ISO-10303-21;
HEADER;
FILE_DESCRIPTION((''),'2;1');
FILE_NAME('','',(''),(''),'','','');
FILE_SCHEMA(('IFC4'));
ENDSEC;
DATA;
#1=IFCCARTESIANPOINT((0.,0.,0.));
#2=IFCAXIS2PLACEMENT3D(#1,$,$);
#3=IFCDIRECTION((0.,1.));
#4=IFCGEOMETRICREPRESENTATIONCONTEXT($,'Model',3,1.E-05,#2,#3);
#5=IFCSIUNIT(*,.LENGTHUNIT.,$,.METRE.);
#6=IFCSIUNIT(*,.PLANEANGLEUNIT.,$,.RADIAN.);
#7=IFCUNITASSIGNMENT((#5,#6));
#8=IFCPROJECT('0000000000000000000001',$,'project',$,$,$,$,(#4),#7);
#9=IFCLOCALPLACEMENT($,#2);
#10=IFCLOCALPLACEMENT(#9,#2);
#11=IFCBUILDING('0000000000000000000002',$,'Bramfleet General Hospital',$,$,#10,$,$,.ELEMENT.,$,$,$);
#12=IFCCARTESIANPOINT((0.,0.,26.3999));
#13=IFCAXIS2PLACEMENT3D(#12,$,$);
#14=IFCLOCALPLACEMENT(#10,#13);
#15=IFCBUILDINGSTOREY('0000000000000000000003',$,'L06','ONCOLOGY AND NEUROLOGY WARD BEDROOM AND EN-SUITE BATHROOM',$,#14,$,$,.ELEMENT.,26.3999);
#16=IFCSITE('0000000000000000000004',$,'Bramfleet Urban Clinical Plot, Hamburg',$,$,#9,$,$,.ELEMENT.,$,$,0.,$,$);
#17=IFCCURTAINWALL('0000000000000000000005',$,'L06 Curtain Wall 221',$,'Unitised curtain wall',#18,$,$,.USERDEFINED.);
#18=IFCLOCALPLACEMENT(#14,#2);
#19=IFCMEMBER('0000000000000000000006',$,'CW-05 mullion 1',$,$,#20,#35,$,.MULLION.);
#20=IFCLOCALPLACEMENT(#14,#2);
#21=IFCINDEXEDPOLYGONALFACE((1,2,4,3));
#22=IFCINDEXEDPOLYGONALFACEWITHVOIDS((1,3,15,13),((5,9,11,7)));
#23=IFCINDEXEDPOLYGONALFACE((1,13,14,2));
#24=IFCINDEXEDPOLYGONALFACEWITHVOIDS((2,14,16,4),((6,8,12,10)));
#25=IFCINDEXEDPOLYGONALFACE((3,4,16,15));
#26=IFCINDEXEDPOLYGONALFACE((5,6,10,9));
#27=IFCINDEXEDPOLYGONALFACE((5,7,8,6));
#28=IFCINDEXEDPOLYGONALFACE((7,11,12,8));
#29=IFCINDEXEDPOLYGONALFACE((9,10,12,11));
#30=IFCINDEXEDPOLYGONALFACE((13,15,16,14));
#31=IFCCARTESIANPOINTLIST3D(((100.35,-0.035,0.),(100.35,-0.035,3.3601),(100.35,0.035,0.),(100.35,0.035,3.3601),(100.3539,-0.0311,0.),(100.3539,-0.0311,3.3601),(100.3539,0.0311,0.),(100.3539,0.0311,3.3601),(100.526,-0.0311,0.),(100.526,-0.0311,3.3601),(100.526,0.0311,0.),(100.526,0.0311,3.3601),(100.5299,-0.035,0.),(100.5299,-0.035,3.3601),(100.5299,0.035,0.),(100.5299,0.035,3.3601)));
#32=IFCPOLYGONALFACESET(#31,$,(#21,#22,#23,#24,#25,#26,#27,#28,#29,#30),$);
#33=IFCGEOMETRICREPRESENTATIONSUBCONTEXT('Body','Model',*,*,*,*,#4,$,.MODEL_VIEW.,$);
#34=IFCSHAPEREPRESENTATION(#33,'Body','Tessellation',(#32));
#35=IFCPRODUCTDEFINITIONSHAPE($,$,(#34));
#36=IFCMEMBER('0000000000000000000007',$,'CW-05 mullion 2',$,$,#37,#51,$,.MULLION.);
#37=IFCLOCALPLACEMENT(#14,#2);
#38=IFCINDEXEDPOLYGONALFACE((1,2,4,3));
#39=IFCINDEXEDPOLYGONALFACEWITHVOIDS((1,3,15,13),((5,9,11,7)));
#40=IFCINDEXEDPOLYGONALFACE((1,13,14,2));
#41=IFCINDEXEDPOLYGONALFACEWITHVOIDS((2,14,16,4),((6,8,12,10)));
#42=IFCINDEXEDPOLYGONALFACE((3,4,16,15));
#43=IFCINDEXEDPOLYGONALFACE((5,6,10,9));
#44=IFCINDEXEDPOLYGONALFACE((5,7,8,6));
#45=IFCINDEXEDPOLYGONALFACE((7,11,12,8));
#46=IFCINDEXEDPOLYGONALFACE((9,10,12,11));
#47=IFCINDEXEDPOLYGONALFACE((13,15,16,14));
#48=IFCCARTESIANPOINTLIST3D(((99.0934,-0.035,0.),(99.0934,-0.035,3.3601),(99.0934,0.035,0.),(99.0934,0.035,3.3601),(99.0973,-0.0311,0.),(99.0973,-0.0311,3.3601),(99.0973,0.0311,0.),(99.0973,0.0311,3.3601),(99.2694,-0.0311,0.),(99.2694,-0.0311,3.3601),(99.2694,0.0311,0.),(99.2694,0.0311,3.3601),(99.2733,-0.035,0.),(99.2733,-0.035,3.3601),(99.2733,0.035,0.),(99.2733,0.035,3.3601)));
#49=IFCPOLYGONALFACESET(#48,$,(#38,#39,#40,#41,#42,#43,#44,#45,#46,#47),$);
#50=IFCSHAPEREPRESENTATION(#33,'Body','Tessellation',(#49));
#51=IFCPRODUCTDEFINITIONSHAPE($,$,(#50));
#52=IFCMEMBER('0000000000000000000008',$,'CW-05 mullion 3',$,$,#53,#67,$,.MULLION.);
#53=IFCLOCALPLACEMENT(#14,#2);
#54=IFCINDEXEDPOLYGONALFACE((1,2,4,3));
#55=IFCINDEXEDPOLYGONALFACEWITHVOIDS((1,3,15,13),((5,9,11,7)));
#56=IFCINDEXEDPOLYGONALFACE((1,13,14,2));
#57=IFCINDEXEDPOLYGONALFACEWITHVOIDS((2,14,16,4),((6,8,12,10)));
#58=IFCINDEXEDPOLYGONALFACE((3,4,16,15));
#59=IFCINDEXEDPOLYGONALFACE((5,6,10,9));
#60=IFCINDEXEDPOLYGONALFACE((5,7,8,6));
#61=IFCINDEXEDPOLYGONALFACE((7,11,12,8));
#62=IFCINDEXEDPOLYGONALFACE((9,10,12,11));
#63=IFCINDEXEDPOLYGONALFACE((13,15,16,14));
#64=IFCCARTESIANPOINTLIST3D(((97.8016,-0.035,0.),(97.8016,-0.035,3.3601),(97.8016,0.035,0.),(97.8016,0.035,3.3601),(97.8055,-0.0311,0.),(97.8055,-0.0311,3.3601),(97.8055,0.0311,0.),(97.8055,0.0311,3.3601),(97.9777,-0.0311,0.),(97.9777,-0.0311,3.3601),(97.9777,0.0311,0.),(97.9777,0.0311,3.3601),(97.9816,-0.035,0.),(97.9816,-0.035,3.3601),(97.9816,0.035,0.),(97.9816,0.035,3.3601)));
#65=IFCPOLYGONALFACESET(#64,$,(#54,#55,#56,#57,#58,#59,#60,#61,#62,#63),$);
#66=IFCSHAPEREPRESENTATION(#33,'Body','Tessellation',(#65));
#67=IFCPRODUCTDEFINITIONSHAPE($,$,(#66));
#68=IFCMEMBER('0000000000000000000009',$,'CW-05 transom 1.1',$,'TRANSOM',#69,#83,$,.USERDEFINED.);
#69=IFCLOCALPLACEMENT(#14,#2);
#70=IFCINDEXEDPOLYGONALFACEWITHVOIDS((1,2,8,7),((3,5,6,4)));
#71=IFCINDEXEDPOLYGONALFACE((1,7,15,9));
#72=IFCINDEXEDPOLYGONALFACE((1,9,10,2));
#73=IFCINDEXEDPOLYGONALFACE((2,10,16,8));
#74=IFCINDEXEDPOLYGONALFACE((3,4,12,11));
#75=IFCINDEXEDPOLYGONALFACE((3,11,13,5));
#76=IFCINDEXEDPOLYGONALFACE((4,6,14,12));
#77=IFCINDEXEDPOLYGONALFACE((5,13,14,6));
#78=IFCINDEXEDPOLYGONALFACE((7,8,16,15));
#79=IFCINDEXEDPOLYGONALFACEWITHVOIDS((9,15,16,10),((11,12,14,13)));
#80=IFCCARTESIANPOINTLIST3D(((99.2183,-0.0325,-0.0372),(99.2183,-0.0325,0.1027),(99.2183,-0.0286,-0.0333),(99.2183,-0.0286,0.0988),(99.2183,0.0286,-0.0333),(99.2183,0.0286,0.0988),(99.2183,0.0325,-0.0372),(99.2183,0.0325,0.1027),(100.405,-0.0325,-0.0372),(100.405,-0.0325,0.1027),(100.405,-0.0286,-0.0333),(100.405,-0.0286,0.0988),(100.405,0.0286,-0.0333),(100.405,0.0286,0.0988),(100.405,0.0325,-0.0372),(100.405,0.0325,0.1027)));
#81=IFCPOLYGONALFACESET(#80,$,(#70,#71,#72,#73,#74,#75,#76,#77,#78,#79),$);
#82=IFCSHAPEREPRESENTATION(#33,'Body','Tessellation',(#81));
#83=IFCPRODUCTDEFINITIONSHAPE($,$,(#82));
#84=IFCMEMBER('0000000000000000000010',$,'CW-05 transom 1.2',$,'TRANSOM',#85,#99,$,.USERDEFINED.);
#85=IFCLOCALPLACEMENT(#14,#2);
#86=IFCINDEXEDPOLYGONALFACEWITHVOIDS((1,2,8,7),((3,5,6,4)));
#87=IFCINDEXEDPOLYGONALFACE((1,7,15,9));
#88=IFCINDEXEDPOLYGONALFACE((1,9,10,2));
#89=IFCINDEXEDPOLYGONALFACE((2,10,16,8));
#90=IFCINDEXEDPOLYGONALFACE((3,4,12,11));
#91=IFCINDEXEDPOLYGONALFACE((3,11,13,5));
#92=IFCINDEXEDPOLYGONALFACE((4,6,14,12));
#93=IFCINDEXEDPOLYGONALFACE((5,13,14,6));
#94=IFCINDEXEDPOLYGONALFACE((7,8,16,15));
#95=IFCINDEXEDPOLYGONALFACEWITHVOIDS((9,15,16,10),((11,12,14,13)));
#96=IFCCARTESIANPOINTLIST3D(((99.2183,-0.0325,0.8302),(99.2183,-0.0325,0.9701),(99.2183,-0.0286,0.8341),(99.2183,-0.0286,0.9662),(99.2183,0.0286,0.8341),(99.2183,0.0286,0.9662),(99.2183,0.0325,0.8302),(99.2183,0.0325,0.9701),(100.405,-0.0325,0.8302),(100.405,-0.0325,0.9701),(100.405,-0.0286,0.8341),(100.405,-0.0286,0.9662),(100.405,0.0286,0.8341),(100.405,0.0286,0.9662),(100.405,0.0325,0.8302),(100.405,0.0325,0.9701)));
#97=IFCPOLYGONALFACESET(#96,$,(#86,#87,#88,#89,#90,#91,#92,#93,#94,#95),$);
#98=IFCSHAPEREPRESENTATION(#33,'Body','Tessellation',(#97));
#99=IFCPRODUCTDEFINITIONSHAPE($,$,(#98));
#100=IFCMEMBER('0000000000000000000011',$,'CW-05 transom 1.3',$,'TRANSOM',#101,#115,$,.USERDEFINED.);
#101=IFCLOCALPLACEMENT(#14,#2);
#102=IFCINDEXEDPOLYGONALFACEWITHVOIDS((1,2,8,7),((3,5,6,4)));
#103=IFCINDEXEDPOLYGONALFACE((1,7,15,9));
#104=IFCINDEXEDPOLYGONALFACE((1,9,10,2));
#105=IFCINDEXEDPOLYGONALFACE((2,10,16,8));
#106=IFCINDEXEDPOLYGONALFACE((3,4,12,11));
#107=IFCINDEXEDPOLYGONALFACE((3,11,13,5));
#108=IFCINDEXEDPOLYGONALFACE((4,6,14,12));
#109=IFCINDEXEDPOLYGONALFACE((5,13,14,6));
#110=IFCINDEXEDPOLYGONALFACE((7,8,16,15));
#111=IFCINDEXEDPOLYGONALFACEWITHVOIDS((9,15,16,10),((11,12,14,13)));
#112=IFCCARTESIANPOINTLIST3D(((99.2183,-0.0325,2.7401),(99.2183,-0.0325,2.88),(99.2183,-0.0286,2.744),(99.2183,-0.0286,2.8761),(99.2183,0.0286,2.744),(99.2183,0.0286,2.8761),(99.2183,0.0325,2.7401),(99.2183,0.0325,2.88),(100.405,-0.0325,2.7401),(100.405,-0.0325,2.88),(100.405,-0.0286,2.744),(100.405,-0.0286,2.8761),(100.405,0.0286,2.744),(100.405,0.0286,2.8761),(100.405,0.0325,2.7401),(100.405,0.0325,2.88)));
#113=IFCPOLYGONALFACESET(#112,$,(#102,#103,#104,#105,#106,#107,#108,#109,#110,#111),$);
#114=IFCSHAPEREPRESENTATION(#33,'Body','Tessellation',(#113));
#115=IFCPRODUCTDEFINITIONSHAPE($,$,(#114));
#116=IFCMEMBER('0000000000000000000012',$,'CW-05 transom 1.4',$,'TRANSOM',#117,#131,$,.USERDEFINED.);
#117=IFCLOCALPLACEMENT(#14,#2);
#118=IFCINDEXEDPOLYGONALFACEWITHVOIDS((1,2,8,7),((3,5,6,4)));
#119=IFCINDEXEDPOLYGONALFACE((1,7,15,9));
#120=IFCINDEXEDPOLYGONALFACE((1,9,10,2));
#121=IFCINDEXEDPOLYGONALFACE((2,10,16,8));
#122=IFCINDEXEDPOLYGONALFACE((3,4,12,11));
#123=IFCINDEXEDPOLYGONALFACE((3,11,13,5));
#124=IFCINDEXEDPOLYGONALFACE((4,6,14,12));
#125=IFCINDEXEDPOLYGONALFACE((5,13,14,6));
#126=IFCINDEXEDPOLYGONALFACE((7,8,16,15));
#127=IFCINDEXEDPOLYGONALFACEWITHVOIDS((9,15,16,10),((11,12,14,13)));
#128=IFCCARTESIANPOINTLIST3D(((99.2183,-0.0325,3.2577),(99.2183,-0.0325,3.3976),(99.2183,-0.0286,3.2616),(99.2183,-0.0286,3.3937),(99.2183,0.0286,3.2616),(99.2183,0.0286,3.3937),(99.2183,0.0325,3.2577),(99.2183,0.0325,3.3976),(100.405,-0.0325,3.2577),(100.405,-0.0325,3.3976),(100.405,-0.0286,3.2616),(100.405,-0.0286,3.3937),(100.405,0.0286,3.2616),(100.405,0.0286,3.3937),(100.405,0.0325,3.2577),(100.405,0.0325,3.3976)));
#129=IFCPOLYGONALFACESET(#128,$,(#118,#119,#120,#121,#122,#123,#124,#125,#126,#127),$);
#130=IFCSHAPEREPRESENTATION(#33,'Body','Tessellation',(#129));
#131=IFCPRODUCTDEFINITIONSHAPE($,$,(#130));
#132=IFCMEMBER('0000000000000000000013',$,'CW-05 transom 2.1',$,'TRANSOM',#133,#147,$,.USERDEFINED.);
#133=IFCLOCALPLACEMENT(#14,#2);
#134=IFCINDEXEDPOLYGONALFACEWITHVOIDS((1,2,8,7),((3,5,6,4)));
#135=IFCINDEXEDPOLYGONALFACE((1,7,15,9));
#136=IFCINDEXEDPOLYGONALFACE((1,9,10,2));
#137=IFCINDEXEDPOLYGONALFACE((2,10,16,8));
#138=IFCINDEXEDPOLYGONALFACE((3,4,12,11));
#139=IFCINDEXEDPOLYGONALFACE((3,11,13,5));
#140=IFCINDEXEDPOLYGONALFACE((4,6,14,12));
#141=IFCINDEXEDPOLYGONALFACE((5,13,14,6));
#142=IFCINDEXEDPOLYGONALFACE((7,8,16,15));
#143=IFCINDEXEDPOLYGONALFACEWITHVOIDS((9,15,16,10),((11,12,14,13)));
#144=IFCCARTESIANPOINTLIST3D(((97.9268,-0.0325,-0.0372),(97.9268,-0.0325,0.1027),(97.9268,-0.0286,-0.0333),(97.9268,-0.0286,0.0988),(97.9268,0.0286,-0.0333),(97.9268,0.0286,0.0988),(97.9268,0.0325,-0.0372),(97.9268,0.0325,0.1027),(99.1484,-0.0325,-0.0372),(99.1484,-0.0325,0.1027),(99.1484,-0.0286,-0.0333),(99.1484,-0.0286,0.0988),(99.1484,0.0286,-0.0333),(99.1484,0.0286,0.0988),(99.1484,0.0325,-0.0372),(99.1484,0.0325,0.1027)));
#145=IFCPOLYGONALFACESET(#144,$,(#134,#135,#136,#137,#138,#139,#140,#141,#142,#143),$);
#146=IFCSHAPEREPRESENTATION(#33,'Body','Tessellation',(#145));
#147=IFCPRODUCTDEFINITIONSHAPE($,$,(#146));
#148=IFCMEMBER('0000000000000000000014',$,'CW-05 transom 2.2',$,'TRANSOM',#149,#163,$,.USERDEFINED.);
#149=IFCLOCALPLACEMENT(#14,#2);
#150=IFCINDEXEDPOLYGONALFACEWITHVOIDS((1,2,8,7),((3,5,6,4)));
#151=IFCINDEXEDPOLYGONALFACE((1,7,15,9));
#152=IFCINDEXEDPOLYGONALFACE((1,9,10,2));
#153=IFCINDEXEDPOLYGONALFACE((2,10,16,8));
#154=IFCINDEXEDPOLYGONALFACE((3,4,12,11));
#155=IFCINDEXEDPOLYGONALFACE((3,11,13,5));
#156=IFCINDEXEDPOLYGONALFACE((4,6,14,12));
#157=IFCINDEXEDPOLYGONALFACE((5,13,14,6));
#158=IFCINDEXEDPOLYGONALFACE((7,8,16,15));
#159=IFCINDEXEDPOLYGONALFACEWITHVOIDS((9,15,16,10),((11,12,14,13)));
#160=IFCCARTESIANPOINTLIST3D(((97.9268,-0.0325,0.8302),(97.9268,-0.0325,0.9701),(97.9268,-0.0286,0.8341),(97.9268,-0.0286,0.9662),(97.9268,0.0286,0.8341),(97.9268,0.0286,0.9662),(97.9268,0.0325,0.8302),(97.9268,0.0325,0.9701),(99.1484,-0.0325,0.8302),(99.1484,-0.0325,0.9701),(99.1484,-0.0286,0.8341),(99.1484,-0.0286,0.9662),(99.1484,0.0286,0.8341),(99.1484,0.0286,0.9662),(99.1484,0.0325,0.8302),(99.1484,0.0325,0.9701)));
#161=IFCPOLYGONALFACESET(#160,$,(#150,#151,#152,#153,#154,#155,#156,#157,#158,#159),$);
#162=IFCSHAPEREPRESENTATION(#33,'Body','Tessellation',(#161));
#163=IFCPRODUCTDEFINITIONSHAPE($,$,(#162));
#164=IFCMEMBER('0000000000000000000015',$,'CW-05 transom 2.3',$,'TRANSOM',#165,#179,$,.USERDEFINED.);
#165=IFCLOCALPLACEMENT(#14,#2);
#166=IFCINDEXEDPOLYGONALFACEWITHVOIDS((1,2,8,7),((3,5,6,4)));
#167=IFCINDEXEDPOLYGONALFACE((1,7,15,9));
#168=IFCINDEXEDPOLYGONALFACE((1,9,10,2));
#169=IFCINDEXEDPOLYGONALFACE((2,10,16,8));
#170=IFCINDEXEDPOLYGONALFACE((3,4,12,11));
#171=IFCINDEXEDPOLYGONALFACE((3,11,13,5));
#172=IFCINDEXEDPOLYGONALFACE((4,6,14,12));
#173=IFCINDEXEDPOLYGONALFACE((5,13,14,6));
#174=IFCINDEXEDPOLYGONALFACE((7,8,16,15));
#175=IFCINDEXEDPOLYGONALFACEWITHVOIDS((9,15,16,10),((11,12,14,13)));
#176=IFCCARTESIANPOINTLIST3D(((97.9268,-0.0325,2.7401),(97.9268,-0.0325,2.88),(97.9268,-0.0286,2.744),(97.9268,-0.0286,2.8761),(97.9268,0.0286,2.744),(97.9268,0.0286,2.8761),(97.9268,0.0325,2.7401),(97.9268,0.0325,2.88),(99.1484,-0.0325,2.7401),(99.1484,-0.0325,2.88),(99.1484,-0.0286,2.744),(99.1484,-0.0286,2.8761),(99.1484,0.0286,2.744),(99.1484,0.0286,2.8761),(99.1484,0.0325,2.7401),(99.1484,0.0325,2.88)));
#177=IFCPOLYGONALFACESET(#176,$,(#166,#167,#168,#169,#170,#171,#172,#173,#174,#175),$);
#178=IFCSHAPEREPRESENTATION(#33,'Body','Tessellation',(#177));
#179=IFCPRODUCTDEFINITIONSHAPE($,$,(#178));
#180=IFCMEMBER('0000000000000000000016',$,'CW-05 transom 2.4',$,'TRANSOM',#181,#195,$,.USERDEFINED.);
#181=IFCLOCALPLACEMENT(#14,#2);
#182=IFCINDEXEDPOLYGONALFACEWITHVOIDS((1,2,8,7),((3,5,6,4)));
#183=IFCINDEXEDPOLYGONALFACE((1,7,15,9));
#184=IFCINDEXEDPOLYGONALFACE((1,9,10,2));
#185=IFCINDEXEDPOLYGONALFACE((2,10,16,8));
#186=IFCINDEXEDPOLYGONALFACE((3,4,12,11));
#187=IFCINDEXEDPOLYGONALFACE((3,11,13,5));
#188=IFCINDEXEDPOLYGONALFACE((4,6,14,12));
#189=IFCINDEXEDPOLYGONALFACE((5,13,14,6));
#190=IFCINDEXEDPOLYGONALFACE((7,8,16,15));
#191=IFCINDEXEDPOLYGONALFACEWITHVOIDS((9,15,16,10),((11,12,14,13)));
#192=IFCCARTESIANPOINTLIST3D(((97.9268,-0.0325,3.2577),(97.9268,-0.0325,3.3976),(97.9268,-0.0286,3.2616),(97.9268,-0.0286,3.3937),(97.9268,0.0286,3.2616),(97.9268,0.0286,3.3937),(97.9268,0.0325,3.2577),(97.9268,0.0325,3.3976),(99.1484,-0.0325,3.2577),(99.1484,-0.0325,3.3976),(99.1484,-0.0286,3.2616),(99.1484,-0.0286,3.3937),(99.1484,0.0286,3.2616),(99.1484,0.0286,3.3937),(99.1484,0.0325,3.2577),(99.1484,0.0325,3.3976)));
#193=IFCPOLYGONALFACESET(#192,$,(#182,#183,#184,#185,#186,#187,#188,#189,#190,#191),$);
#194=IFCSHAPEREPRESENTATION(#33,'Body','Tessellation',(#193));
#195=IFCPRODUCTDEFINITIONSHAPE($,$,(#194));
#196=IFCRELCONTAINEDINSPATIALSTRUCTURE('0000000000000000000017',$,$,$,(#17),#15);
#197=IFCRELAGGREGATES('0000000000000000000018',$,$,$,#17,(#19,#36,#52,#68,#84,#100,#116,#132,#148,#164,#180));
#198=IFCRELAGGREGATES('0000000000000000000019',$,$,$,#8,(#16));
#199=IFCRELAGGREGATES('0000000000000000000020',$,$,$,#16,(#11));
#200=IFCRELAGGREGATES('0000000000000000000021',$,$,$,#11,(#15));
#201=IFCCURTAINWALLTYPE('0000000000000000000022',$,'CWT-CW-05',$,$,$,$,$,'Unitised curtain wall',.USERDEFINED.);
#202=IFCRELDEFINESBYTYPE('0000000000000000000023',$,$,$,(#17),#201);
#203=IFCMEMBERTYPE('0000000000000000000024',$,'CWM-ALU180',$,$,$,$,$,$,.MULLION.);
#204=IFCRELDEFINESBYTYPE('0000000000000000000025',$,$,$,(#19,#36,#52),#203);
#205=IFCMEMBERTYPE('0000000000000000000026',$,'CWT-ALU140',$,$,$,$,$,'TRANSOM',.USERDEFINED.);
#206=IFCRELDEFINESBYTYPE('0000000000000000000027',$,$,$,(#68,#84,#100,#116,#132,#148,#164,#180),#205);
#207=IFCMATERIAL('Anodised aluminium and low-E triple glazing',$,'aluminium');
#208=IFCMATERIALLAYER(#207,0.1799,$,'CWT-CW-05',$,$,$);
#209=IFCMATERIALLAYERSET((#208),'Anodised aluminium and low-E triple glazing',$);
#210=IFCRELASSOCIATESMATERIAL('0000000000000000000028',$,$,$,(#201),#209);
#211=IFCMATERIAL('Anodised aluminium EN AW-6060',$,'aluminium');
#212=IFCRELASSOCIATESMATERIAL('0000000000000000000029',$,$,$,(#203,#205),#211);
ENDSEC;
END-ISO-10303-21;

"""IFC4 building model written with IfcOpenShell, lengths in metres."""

from ifc_helpers import new_model, si_unit, direction, frame, origin, origin_2d, place, context, subcontext, project, spatial, hollow_rectangle, extrude, material, layer, layer_set, material_profile, profile_set, type_object, element, aggregate, save


model = new_model("IFC4")

# Units and contexts
model_context = context("Model", 3, precision=1e-05, world=origin(), true_north=direction((0.0, 1.0)))
body_context = subcontext(model_context, "Body", "Model", "MODEL_VIEW")
ifc_project = project(units=[si_unit("LENGTHUNIT", "METRE"), si_unit("PLANEANGLEUNIT", "RADIAN")], contexts=[model_context])

# Site, building, storey
site_placement = place(None, origin())
site = spatial("IfcSite", under=ifc_project, at=site_placement, Name="Bramfleet Urban Clinical Plot, Hamburg", CompositionType="ELEMENT", RefElevation=0.0)
building_placement = place(site_placement, origin())
building = spatial("IfcBuilding", under=site, at=building_placement, Name="Bramfleet General Hospital", CompositionType="ELEMENT")
storey_placement = place(building_placement, frame((0.0, 0.0, 26.3999)))
storey = spatial("IfcBuildingStorey", under=building, at=storey_placement, Name="L06", Description="ONCOLOGY AND NEUROLOGY WARD BEDROOM AND EN-SUITE BATHROOM", CompositionType="ELEMENT", Elevation=26.3999)

# Curtain wall, members
ifc_material_1 = material(Name="Anodised aluminium and low-E triple glazing", Category="aluminium")
ifc_layer_1 = layer(ifc_material_1, 0.1799, Name="CWT-CW-05")
ifc_layer_set_1 = layer_set([ifc_layer_1], Name="Anodised aluminium and low-E triple glazing")
curtain_wall_type = type_object("IfcCurtainWallType", Name="CWT-CW-05", ElementType="Unitised curtain wall", PredefinedType="USERDEFINED", material=ifc_layer_set_1)
curtain_wall_placement = place(storey_placement, origin())
curtain_wall = element("IfcCurtainWall", 1, at=curtain_wall_placement, inside=storey, type_object=curtain_wall_type, Name="L06 Curtain Wall 221", ObjectType="Unitised curtain wall", PredefinedType="USERDEFINED")
ifc_material_2 = material(Name="Anodised aluminium EN AW-6060", Category="aluminium")
ifc_material_profile_1 = material_profile(ifc_material_2, hollow_rectangle(XDim=0.0701, YDim=0.1799, WallThickness=0.0039, at=origin_2d()), Name="ALU 180x70x4.0")
ifc_profile_set_1 = profile_set([ifc_material_profile_1], Name="Anodised aluminium EN AW-6060")
member_type_1 = type_object("IfcMemberType", Name="CWM-ALU180", PredefinedType="MULLION", material=ifc_profile_set_1)
member_1_placement = place(storey_placement, frame((100.4399, 0.0, 0.0), z_axis=(0.0, 0.0, 1.0), x_axis=(0.0, -1.0, 0.0)))
member_1 = element("IfcMember", 2, at=member_1_placement, type_object=member_type_1, Name="CW-05 mullion 1", PredefinedType="MULLION", context=body_context, shape_type="SweptSolid", body=[
    extrude(hollow_rectangle(XDim=0.0701, YDim=0.1799, WallThickness=0.0039, at=origin_2d()), origin(), (0.0, 0.0, 1.0), 3.3601),
])
member_2_placement = place(storey_placement, frame((99.1833, 0.0, 0.0), z_axis=(0.0, 0.0, 1.0), x_axis=(0.0, -1.0, 0.0)))
member_2 = element("IfcMember", 3, at=member_2_placement, type_object=member_type_1, Name="CW-05 mullion 2", PredefinedType="MULLION", context=body_context, shape_type="SweptSolid", body=[
    extrude(hollow_rectangle(XDim=0.0701, YDim=0.1799, WallThickness=0.0039, at=origin_2d()), origin(), (0.0, 0.0, 1.0), 3.3601),
])
member_3_placement = place(storey_placement, frame((97.8916, 0.0, 0.0), z_axis=(0.0, 0.0, 1.0), x_axis=(0.0, -1.0, 0.0)))
member_3 = element("IfcMember", 4, at=member_3_placement, type_object=member_type_1, Name="CW-05 mullion 3", PredefinedType="MULLION", context=body_context, shape_type="SweptSolid", body=[
    extrude(hollow_rectangle(XDim=0.0701, YDim=0.1799, WallThickness=0.0039, at=origin_2d()), origin(), (0.0, 0.0, 1.0), 3.3601),
])
ifc_material_profile_2 = material_profile(ifc_material_2, hollow_rectangle(XDim=0.0649, YDim=0.1399, WallThickness=0.0039, at=origin_2d()), Name="ALU 140x65x4.0")
ifc_profile_set_2 = profile_set([ifc_material_profile_2], Name="Anodised aluminium EN AW-6060")
member_type_2 = type_object("IfcMemberType", Name="CWT-ALU140", ElementType="TRANSOM", PredefinedType="USERDEFINED", material=ifc_profile_set_2)
member_4_placement = place(storey_placement, frame((100.405, 0.0, 0.0327), z_axis=(-1.0, 0.0, 0.0), x_axis=(0.0, -1.0, 0.0)))
member_4 = element("IfcMember", 5, at=member_4_placement, type_object=member_type_2, Name="CW-05 transom 1.1", ObjectType="TRANSOM", PredefinedType="USERDEFINED", context=body_context, shape_type="SweptSolid", body=[
    extrude(hollow_rectangle(XDim=0.0649, YDim=0.1399, WallThickness=0.0039, at=origin_2d()), origin(), (0.0, 0.0, 1.0), 1.1868),
])
member_5_placement = place(storey_placement, frame((100.405, 0.0, 0.9001), z_axis=(-1.0, 0.0, 0.0), x_axis=(0.0, -1.0, 0.0)))
member_5 = element("IfcMember", 6, at=member_5_placement, type_object=member_type_2, Name="CW-05 transom 1.2", ObjectType="TRANSOM", PredefinedType="USERDEFINED", context=body_context, shape_type="SweptSolid", body=[
    extrude(hollow_rectangle(XDim=0.0649, YDim=0.1399, WallThickness=0.0039, at=origin_2d()), origin(), (0.0, 0.0, 1.0), 1.1868),
])
member_6_placement = place(storey_placement, frame((100.405, 0.0, 2.8101), z_axis=(-1.0, 0.0, 0.0), x_axis=(0.0, -1.0, 0.0)))
member_6 = element("IfcMember", 7, at=member_6_placement, type_object=member_type_2, Name="CW-05 transom 1.3", ObjectType="TRANSOM", PredefinedType="USERDEFINED", context=body_context, shape_type="SweptSolid", body=[
    extrude(hollow_rectangle(XDim=0.0649, YDim=0.1399, WallThickness=0.0039, at=origin_2d()), origin(), (0.0, 0.0, 1.0), 1.1868),
])
member_7_placement = place(storey_placement, frame((100.405, 0.0, 3.3276), z_axis=(-1.0, 0.0, 0.0), x_axis=(0.0, -1.0, 0.0)))
member_7 = element("IfcMember", 8, at=member_7_placement, type_object=member_type_2, Name="CW-05 transom 1.4", ObjectType="TRANSOM", PredefinedType="USERDEFINED", context=body_context, shape_type="SweptSolid", body=[
    extrude(hollow_rectangle(XDim=0.0649, YDim=0.1399, WallThickness=0.0039, at=origin_2d()), origin(), (0.0, 0.0, 1.0), 1.1868),
])
member_8_placement = place(storey_placement, frame((99.1484, 0.0, 0.0327), z_axis=(-1.0, 0.0, 0.0), x_axis=(0.0, -1.0, 0.0)))
member_8 = element("IfcMember", 9, at=member_8_placement, type_object=member_type_2, Name="CW-05 transom 2.1", ObjectType="TRANSOM", PredefinedType="USERDEFINED", context=body_context, shape_type="SweptSolid", body=[
    extrude(hollow_rectangle(XDim=0.0649, YDim=0.1399, WallThickness=0.0039, at=origin_2d()), origin(), (0.0, 0.0, 1.0), 1.2217),
])
member_9_placement = place(storey_placement, frame((99.1484, 0.0, 0.9001), z_axis=(-1.0, 0.0, 0.0), x_axis=(0.0, -1.0, 0.0)))
member_9 = element("IfcMember", 10, at=member_9_placement, type_object=member_type_2, Name="CW-05 transom 2.2", ObjectType="TRANSOM", PredefinedType="USERDEFINED", context=body_context, shape_type="SweptSolid", body=[
    extrude(hollow_rectangle(XDim=0.0649, YDim=0.1399, WallThickness=0.0039, at=origin_2d()), origin(), (0.0, 0.0, 1.0), 1.2217),
])
member_10_placement = place(storey_placement, frame((99.1484, 0.0, 2.8101), z_axis=(-1.0, 0.0, 0.0), x_axis=(0.0, -1.0, 0.0)))
member_10 = element("IfcMember", 11, at=member_10_placement, type_object=member_type_2, Name="CW-05 transom 2.3", ObjectType="TRANSOM", PredefinedType="USERDEFINED", context=body_context, shape_type="SweptSolid", body=[
    extrude(hollow_rectangle(XDim=0.0649, YDim=0.1399, WallThickness=0.0039, at=origin_2d()), origin(), (0.0, 0.0, 1.0), 1.2217),
])
member_11_placement = place(storey_placement, frame((99.1484, 0.0, 3.3276), z_axis=(-1.0, 0.0, 0.0), x_axis=(0.0, -1.0, 0.0)))
member_11 = element("IfcMember", 12, at=member_11_placement, type_object=member_type_2, Name="CW-05 transom 2.4", ObjectType="TRANSOM", PredefinedType="USERDEFINED", context=body_context, shape_type="SweptSolid", body=[
    extrude(hollow_rectangle(XDim=0.0649, YDim=0.1399, WallThickness=0.0039, at=origin_2d()), origin(), (0.0, 0.0, 1.0), 1.2217),
])
aggregate(curtain_wall, [member_1, member_2, member_3, member_4, member_5, member_6, member_7, member_8, member_9, member_10, member_11])

save(model, "model.ifc")
